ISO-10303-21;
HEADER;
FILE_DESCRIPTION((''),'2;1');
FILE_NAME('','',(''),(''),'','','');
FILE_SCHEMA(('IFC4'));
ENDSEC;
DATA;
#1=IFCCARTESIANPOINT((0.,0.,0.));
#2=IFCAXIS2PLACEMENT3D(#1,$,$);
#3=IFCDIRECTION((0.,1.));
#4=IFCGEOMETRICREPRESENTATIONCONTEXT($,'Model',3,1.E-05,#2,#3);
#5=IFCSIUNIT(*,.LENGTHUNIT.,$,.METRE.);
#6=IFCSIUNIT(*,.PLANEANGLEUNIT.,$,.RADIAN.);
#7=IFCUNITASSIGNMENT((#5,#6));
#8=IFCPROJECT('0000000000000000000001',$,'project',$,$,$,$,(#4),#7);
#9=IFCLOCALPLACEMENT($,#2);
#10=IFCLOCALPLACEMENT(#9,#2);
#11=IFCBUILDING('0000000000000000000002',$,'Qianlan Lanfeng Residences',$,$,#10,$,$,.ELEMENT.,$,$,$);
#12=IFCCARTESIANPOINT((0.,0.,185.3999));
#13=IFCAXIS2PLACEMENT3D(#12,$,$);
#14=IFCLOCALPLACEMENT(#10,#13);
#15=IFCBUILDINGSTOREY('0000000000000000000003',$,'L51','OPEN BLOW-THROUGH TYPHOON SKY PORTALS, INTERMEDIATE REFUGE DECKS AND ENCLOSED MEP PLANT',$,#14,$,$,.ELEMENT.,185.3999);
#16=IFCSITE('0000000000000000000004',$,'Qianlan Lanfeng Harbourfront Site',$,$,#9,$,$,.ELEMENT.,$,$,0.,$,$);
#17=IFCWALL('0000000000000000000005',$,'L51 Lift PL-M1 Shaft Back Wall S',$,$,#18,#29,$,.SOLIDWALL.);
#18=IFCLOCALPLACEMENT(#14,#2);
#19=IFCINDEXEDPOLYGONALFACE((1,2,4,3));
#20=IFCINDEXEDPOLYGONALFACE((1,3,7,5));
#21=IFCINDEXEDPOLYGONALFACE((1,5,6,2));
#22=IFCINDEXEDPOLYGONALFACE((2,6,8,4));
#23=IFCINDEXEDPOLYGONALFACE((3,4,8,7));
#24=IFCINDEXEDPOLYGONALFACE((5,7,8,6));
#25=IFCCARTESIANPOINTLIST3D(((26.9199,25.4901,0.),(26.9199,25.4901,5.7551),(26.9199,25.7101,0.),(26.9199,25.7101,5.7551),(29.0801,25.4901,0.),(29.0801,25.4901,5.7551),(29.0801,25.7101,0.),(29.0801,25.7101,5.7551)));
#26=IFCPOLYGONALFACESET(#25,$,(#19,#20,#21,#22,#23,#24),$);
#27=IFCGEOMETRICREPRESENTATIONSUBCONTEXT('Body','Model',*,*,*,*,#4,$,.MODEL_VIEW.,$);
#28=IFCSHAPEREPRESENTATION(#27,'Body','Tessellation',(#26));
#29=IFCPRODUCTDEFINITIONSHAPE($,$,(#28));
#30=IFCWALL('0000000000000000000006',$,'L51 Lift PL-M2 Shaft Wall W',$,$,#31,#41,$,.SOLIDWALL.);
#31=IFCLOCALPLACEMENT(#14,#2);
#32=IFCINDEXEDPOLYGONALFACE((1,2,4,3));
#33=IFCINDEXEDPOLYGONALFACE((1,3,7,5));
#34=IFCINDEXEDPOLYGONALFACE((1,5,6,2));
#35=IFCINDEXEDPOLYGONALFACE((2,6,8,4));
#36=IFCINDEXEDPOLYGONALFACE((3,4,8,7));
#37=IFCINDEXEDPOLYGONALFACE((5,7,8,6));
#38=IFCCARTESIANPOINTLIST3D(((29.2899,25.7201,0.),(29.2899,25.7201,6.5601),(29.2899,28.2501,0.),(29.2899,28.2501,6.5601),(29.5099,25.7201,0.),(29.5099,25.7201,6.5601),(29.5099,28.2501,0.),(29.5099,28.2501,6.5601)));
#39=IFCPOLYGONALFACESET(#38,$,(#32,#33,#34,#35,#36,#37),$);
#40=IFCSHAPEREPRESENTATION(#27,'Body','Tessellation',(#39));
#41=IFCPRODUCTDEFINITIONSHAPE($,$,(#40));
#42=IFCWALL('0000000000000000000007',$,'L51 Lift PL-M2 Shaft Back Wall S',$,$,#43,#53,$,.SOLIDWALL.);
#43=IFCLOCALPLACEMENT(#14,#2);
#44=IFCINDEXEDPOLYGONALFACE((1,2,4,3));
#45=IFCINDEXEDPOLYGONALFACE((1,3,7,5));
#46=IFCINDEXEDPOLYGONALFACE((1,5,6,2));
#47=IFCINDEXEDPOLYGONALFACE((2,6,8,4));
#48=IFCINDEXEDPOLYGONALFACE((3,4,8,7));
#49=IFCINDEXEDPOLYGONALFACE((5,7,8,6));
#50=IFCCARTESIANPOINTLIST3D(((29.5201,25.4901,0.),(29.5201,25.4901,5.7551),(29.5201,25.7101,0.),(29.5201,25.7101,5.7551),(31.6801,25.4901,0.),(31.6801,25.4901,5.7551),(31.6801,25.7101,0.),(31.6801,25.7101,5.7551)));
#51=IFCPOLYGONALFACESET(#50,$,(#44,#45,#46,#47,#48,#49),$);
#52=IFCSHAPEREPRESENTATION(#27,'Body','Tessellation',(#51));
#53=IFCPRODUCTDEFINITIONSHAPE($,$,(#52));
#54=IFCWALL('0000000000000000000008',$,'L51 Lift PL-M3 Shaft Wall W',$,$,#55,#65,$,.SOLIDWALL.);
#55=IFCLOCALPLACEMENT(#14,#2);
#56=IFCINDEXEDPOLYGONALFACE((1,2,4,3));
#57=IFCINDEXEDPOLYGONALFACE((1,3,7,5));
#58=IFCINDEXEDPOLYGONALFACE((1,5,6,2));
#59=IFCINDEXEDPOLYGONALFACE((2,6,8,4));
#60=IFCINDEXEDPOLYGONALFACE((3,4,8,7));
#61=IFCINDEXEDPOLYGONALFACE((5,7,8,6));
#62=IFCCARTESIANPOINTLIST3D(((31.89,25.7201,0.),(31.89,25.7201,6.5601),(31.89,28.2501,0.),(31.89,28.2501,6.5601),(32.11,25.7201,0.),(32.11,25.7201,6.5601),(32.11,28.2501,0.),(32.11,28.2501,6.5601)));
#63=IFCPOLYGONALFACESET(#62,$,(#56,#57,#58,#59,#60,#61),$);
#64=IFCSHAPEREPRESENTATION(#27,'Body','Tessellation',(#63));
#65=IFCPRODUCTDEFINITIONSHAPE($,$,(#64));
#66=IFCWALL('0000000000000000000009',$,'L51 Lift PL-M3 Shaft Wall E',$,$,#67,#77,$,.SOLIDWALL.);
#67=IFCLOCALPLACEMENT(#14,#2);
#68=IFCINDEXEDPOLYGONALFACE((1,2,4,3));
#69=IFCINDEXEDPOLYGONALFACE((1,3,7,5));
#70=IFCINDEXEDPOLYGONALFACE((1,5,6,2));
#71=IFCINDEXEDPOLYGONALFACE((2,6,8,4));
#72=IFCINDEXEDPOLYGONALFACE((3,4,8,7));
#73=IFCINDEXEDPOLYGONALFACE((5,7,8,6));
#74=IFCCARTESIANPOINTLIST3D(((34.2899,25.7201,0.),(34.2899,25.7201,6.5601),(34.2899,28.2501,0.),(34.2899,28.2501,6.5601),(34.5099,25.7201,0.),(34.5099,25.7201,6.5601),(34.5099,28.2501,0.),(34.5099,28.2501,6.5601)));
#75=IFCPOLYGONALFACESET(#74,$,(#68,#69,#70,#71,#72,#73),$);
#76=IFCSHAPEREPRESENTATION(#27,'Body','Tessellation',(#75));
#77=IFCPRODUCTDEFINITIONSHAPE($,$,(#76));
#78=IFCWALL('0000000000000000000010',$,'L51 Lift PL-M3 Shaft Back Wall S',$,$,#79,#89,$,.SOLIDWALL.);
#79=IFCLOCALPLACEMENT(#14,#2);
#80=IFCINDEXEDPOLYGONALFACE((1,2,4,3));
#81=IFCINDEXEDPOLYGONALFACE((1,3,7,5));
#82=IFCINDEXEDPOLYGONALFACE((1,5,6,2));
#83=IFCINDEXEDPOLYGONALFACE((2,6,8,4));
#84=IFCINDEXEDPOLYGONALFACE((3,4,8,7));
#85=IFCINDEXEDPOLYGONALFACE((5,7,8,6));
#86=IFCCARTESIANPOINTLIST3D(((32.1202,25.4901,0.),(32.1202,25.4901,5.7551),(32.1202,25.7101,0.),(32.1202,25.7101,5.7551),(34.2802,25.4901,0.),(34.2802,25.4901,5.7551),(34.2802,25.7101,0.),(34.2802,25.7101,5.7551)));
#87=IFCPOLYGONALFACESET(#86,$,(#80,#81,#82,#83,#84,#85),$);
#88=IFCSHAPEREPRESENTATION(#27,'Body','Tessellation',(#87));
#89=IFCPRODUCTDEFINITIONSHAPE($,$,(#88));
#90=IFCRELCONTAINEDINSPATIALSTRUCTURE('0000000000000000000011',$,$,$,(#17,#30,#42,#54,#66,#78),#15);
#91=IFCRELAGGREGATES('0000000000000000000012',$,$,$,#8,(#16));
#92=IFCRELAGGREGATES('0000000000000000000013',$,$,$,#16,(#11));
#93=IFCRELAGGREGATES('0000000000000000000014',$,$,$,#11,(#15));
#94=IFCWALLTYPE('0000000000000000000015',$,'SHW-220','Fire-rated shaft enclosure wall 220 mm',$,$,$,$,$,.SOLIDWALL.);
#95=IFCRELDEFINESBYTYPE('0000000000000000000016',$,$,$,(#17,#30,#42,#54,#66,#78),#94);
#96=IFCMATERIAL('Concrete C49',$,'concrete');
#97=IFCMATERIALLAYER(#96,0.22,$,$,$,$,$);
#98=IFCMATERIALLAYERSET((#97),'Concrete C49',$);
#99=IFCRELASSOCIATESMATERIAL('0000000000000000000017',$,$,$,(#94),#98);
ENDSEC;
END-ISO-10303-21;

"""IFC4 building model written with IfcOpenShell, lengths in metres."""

from ifc_helpers import new_model, si_unit, direction, frame, frame_2d, origin, place, context, subcontext, project, spatial, rectangle, extrude, material, layer, layer_set, type_object, element, save


model = new_model("IFC4")

# Units and contexts
model_context = context("Model", 3, precision=1e-05, world=origin(), true_north=direction((0.0, 1.0)))
body_context = subcontext(model_context, "Body", "Model", "MODEL_VIEW")
ifc_project = project(units=[si_unit("LENGTHUNIT", "METRE"), si_unit("PLANEANGLEUNIT", "RADIAN")], contexts=[model_context])

# Site, building, storey
site_placement = place(None, origin())
site = spatial("IfcSite", under=ifc_project, at=site_placement, Name="Qianlan Lanfeng Harbourfront Site", CompositionType="ELEMENT", RefElevation=0.0)
building_placement = place(site_placement, origin())
building = spatial("IfcBuilding", under=site, at=building_placement, Name="Qianlan Lanfeng Residences", CompositionType="ELEMENT")
storey_placement = place(building_placement, frame((0.0, 0.0, 185.3999)))
storey = spatial("IfcBuildingStorey", under=building, at=storey_placement, Name="L51", Description="OPEN BLOW-THROUGH TYPHOON SKY PORTALS, INTERMEDIATE REFUGE DECKS AND ENCLOSED MEP PLANT", CompositionType="ELEMENT", Elevation=185.3999)

# Walls
ifc_material_1 = material(Name="Concrete C49", Category="concrete")
ifc_layer_1 = layer(ifc_material_1, 0.22)
ifc_layer_set_1 = layer_set([ifc_layer_1], Name="Concrete C49")
wall_type_1 = type_object("IfcWallType", Name="SHW-220", Description="Fire-rated shaft enclosure wall 220 mm", PredefinedType="SOLIDWALL", material=ifc_layer_set_1)
wall_1_placement = place(storey_placement, frame((26.9199, 25.6001, 0.0), z_axis=(0.0, 0.0, 1.0), x_axis=(1.0, 0.0, 0.0)))
element("IfcWall", 1, at=wall_1_placement, inside=storey, type_object=wall_type_1, Name="L51 Lift PL-M1 Shaft Back Wall S", PredefinedType="SOLIDWALL", context=body_context, shape_type="SweptSolid", body=[
    extrude(rectangle(XDim=2.1602, YDim=0.22, at=frame_2d((1.0801, 0.0))), origin(), (0.0, 0.0, 1.0), 5.7551),
])
wall_2_placement = place(storey_placement, frame((29.3999, 25.72, 0.0), z_axis=(0.0, 0.0, 1.0), x_axis=(0.0, 1.0, 0.0)))
element("IfcWall", 2, at=wall_2_placement, inside=storey, type_object=wall_type_1, Name="L51 Lift PL-M2 Shaft Wall W", PredefinedType="SOLIDWALL", context=body_context, shape_type="SweptSolid", body=[
    extrude(rectangle(XDim=2.53, YDim=0.22, at=frame_2d((1.2651, 0.0))), origin(), (0.0, 0.0, 1.0), 6.5601),
])
wall_3_placement = place(storey_placement, frame((29.52, 25.6001, 0.0), z_axis=(0.0, 0.0, 1.0), x_axis=(1.0, 0.0, 0.0)))
element("IfcWall", 3, at=wall_3_placement, inside=storey, type_object=wall_type_1, Name="L51 Lift PL-M2 Shaft Back Wall S", PredefinedType="SOLIDWALL", context=body_context, shape_type="SweptSolid", body=[
    extrude(rectangle(XDim=2.1599, YDim=0.22, at=frame_2d((1.0801, 0.0))), origin(), (0.0, 0.0, 1.0), 5.7551),
])
for number, where, z_axis, x_axis, name in (
    (4, (32.0, 25.72, 0.0), (0.0, 0.0, 1.0), (0.0, 1.0, 0.0), "L51 Lift PL-M3 Shaft Wall W"),
    (5, (34.3999, 25.72, 0.0), (0.0, 0.0, 1.0), (0.0, 1.0, 0.0), "L51 Lift PL-M3 Shaft Wall E"),
):
    element("IfcWall", number, at=place(storey_placement, frame(where, z_axis=z_axis, x_axis=x_axis)), inside=storey, type_object=wall_type_1, Name=name, PredefinedType="SOLIDWALL", context=body_context, shape_type="SweptSolid", body=[
        extrude(rectangle(XDim=2.53, YDim=0.22, at=frame_2d((1.2651, 0.0))), origin(), (0.0, 0.0, 1.0), 6.5601),
    ])
wall_4_placement = place(storey_placement, frame((32.1201, 25.6001, 0.0), z_axis=(0.0, 0.0, 1.0), x_axis=(1.0, 0.0, 0.0)))
element("IfcWall", 6, at=wall_4_placement, inside=storey, type_object=wall_type_1, Name="L51 Lift PL-M3 Shaft Back Wall S", PredefinedType="SOLIDWALL", context=body_context, shape_type="SweptSolid", body=[
    extrude(rectangle(XDim=2.1599, YDim=0.22, at=frame_2d((1.0801, 0.0))), origin(), (0.0, 0.0, 1.0), 5.7551),
])

save(model, "model.ifc")
